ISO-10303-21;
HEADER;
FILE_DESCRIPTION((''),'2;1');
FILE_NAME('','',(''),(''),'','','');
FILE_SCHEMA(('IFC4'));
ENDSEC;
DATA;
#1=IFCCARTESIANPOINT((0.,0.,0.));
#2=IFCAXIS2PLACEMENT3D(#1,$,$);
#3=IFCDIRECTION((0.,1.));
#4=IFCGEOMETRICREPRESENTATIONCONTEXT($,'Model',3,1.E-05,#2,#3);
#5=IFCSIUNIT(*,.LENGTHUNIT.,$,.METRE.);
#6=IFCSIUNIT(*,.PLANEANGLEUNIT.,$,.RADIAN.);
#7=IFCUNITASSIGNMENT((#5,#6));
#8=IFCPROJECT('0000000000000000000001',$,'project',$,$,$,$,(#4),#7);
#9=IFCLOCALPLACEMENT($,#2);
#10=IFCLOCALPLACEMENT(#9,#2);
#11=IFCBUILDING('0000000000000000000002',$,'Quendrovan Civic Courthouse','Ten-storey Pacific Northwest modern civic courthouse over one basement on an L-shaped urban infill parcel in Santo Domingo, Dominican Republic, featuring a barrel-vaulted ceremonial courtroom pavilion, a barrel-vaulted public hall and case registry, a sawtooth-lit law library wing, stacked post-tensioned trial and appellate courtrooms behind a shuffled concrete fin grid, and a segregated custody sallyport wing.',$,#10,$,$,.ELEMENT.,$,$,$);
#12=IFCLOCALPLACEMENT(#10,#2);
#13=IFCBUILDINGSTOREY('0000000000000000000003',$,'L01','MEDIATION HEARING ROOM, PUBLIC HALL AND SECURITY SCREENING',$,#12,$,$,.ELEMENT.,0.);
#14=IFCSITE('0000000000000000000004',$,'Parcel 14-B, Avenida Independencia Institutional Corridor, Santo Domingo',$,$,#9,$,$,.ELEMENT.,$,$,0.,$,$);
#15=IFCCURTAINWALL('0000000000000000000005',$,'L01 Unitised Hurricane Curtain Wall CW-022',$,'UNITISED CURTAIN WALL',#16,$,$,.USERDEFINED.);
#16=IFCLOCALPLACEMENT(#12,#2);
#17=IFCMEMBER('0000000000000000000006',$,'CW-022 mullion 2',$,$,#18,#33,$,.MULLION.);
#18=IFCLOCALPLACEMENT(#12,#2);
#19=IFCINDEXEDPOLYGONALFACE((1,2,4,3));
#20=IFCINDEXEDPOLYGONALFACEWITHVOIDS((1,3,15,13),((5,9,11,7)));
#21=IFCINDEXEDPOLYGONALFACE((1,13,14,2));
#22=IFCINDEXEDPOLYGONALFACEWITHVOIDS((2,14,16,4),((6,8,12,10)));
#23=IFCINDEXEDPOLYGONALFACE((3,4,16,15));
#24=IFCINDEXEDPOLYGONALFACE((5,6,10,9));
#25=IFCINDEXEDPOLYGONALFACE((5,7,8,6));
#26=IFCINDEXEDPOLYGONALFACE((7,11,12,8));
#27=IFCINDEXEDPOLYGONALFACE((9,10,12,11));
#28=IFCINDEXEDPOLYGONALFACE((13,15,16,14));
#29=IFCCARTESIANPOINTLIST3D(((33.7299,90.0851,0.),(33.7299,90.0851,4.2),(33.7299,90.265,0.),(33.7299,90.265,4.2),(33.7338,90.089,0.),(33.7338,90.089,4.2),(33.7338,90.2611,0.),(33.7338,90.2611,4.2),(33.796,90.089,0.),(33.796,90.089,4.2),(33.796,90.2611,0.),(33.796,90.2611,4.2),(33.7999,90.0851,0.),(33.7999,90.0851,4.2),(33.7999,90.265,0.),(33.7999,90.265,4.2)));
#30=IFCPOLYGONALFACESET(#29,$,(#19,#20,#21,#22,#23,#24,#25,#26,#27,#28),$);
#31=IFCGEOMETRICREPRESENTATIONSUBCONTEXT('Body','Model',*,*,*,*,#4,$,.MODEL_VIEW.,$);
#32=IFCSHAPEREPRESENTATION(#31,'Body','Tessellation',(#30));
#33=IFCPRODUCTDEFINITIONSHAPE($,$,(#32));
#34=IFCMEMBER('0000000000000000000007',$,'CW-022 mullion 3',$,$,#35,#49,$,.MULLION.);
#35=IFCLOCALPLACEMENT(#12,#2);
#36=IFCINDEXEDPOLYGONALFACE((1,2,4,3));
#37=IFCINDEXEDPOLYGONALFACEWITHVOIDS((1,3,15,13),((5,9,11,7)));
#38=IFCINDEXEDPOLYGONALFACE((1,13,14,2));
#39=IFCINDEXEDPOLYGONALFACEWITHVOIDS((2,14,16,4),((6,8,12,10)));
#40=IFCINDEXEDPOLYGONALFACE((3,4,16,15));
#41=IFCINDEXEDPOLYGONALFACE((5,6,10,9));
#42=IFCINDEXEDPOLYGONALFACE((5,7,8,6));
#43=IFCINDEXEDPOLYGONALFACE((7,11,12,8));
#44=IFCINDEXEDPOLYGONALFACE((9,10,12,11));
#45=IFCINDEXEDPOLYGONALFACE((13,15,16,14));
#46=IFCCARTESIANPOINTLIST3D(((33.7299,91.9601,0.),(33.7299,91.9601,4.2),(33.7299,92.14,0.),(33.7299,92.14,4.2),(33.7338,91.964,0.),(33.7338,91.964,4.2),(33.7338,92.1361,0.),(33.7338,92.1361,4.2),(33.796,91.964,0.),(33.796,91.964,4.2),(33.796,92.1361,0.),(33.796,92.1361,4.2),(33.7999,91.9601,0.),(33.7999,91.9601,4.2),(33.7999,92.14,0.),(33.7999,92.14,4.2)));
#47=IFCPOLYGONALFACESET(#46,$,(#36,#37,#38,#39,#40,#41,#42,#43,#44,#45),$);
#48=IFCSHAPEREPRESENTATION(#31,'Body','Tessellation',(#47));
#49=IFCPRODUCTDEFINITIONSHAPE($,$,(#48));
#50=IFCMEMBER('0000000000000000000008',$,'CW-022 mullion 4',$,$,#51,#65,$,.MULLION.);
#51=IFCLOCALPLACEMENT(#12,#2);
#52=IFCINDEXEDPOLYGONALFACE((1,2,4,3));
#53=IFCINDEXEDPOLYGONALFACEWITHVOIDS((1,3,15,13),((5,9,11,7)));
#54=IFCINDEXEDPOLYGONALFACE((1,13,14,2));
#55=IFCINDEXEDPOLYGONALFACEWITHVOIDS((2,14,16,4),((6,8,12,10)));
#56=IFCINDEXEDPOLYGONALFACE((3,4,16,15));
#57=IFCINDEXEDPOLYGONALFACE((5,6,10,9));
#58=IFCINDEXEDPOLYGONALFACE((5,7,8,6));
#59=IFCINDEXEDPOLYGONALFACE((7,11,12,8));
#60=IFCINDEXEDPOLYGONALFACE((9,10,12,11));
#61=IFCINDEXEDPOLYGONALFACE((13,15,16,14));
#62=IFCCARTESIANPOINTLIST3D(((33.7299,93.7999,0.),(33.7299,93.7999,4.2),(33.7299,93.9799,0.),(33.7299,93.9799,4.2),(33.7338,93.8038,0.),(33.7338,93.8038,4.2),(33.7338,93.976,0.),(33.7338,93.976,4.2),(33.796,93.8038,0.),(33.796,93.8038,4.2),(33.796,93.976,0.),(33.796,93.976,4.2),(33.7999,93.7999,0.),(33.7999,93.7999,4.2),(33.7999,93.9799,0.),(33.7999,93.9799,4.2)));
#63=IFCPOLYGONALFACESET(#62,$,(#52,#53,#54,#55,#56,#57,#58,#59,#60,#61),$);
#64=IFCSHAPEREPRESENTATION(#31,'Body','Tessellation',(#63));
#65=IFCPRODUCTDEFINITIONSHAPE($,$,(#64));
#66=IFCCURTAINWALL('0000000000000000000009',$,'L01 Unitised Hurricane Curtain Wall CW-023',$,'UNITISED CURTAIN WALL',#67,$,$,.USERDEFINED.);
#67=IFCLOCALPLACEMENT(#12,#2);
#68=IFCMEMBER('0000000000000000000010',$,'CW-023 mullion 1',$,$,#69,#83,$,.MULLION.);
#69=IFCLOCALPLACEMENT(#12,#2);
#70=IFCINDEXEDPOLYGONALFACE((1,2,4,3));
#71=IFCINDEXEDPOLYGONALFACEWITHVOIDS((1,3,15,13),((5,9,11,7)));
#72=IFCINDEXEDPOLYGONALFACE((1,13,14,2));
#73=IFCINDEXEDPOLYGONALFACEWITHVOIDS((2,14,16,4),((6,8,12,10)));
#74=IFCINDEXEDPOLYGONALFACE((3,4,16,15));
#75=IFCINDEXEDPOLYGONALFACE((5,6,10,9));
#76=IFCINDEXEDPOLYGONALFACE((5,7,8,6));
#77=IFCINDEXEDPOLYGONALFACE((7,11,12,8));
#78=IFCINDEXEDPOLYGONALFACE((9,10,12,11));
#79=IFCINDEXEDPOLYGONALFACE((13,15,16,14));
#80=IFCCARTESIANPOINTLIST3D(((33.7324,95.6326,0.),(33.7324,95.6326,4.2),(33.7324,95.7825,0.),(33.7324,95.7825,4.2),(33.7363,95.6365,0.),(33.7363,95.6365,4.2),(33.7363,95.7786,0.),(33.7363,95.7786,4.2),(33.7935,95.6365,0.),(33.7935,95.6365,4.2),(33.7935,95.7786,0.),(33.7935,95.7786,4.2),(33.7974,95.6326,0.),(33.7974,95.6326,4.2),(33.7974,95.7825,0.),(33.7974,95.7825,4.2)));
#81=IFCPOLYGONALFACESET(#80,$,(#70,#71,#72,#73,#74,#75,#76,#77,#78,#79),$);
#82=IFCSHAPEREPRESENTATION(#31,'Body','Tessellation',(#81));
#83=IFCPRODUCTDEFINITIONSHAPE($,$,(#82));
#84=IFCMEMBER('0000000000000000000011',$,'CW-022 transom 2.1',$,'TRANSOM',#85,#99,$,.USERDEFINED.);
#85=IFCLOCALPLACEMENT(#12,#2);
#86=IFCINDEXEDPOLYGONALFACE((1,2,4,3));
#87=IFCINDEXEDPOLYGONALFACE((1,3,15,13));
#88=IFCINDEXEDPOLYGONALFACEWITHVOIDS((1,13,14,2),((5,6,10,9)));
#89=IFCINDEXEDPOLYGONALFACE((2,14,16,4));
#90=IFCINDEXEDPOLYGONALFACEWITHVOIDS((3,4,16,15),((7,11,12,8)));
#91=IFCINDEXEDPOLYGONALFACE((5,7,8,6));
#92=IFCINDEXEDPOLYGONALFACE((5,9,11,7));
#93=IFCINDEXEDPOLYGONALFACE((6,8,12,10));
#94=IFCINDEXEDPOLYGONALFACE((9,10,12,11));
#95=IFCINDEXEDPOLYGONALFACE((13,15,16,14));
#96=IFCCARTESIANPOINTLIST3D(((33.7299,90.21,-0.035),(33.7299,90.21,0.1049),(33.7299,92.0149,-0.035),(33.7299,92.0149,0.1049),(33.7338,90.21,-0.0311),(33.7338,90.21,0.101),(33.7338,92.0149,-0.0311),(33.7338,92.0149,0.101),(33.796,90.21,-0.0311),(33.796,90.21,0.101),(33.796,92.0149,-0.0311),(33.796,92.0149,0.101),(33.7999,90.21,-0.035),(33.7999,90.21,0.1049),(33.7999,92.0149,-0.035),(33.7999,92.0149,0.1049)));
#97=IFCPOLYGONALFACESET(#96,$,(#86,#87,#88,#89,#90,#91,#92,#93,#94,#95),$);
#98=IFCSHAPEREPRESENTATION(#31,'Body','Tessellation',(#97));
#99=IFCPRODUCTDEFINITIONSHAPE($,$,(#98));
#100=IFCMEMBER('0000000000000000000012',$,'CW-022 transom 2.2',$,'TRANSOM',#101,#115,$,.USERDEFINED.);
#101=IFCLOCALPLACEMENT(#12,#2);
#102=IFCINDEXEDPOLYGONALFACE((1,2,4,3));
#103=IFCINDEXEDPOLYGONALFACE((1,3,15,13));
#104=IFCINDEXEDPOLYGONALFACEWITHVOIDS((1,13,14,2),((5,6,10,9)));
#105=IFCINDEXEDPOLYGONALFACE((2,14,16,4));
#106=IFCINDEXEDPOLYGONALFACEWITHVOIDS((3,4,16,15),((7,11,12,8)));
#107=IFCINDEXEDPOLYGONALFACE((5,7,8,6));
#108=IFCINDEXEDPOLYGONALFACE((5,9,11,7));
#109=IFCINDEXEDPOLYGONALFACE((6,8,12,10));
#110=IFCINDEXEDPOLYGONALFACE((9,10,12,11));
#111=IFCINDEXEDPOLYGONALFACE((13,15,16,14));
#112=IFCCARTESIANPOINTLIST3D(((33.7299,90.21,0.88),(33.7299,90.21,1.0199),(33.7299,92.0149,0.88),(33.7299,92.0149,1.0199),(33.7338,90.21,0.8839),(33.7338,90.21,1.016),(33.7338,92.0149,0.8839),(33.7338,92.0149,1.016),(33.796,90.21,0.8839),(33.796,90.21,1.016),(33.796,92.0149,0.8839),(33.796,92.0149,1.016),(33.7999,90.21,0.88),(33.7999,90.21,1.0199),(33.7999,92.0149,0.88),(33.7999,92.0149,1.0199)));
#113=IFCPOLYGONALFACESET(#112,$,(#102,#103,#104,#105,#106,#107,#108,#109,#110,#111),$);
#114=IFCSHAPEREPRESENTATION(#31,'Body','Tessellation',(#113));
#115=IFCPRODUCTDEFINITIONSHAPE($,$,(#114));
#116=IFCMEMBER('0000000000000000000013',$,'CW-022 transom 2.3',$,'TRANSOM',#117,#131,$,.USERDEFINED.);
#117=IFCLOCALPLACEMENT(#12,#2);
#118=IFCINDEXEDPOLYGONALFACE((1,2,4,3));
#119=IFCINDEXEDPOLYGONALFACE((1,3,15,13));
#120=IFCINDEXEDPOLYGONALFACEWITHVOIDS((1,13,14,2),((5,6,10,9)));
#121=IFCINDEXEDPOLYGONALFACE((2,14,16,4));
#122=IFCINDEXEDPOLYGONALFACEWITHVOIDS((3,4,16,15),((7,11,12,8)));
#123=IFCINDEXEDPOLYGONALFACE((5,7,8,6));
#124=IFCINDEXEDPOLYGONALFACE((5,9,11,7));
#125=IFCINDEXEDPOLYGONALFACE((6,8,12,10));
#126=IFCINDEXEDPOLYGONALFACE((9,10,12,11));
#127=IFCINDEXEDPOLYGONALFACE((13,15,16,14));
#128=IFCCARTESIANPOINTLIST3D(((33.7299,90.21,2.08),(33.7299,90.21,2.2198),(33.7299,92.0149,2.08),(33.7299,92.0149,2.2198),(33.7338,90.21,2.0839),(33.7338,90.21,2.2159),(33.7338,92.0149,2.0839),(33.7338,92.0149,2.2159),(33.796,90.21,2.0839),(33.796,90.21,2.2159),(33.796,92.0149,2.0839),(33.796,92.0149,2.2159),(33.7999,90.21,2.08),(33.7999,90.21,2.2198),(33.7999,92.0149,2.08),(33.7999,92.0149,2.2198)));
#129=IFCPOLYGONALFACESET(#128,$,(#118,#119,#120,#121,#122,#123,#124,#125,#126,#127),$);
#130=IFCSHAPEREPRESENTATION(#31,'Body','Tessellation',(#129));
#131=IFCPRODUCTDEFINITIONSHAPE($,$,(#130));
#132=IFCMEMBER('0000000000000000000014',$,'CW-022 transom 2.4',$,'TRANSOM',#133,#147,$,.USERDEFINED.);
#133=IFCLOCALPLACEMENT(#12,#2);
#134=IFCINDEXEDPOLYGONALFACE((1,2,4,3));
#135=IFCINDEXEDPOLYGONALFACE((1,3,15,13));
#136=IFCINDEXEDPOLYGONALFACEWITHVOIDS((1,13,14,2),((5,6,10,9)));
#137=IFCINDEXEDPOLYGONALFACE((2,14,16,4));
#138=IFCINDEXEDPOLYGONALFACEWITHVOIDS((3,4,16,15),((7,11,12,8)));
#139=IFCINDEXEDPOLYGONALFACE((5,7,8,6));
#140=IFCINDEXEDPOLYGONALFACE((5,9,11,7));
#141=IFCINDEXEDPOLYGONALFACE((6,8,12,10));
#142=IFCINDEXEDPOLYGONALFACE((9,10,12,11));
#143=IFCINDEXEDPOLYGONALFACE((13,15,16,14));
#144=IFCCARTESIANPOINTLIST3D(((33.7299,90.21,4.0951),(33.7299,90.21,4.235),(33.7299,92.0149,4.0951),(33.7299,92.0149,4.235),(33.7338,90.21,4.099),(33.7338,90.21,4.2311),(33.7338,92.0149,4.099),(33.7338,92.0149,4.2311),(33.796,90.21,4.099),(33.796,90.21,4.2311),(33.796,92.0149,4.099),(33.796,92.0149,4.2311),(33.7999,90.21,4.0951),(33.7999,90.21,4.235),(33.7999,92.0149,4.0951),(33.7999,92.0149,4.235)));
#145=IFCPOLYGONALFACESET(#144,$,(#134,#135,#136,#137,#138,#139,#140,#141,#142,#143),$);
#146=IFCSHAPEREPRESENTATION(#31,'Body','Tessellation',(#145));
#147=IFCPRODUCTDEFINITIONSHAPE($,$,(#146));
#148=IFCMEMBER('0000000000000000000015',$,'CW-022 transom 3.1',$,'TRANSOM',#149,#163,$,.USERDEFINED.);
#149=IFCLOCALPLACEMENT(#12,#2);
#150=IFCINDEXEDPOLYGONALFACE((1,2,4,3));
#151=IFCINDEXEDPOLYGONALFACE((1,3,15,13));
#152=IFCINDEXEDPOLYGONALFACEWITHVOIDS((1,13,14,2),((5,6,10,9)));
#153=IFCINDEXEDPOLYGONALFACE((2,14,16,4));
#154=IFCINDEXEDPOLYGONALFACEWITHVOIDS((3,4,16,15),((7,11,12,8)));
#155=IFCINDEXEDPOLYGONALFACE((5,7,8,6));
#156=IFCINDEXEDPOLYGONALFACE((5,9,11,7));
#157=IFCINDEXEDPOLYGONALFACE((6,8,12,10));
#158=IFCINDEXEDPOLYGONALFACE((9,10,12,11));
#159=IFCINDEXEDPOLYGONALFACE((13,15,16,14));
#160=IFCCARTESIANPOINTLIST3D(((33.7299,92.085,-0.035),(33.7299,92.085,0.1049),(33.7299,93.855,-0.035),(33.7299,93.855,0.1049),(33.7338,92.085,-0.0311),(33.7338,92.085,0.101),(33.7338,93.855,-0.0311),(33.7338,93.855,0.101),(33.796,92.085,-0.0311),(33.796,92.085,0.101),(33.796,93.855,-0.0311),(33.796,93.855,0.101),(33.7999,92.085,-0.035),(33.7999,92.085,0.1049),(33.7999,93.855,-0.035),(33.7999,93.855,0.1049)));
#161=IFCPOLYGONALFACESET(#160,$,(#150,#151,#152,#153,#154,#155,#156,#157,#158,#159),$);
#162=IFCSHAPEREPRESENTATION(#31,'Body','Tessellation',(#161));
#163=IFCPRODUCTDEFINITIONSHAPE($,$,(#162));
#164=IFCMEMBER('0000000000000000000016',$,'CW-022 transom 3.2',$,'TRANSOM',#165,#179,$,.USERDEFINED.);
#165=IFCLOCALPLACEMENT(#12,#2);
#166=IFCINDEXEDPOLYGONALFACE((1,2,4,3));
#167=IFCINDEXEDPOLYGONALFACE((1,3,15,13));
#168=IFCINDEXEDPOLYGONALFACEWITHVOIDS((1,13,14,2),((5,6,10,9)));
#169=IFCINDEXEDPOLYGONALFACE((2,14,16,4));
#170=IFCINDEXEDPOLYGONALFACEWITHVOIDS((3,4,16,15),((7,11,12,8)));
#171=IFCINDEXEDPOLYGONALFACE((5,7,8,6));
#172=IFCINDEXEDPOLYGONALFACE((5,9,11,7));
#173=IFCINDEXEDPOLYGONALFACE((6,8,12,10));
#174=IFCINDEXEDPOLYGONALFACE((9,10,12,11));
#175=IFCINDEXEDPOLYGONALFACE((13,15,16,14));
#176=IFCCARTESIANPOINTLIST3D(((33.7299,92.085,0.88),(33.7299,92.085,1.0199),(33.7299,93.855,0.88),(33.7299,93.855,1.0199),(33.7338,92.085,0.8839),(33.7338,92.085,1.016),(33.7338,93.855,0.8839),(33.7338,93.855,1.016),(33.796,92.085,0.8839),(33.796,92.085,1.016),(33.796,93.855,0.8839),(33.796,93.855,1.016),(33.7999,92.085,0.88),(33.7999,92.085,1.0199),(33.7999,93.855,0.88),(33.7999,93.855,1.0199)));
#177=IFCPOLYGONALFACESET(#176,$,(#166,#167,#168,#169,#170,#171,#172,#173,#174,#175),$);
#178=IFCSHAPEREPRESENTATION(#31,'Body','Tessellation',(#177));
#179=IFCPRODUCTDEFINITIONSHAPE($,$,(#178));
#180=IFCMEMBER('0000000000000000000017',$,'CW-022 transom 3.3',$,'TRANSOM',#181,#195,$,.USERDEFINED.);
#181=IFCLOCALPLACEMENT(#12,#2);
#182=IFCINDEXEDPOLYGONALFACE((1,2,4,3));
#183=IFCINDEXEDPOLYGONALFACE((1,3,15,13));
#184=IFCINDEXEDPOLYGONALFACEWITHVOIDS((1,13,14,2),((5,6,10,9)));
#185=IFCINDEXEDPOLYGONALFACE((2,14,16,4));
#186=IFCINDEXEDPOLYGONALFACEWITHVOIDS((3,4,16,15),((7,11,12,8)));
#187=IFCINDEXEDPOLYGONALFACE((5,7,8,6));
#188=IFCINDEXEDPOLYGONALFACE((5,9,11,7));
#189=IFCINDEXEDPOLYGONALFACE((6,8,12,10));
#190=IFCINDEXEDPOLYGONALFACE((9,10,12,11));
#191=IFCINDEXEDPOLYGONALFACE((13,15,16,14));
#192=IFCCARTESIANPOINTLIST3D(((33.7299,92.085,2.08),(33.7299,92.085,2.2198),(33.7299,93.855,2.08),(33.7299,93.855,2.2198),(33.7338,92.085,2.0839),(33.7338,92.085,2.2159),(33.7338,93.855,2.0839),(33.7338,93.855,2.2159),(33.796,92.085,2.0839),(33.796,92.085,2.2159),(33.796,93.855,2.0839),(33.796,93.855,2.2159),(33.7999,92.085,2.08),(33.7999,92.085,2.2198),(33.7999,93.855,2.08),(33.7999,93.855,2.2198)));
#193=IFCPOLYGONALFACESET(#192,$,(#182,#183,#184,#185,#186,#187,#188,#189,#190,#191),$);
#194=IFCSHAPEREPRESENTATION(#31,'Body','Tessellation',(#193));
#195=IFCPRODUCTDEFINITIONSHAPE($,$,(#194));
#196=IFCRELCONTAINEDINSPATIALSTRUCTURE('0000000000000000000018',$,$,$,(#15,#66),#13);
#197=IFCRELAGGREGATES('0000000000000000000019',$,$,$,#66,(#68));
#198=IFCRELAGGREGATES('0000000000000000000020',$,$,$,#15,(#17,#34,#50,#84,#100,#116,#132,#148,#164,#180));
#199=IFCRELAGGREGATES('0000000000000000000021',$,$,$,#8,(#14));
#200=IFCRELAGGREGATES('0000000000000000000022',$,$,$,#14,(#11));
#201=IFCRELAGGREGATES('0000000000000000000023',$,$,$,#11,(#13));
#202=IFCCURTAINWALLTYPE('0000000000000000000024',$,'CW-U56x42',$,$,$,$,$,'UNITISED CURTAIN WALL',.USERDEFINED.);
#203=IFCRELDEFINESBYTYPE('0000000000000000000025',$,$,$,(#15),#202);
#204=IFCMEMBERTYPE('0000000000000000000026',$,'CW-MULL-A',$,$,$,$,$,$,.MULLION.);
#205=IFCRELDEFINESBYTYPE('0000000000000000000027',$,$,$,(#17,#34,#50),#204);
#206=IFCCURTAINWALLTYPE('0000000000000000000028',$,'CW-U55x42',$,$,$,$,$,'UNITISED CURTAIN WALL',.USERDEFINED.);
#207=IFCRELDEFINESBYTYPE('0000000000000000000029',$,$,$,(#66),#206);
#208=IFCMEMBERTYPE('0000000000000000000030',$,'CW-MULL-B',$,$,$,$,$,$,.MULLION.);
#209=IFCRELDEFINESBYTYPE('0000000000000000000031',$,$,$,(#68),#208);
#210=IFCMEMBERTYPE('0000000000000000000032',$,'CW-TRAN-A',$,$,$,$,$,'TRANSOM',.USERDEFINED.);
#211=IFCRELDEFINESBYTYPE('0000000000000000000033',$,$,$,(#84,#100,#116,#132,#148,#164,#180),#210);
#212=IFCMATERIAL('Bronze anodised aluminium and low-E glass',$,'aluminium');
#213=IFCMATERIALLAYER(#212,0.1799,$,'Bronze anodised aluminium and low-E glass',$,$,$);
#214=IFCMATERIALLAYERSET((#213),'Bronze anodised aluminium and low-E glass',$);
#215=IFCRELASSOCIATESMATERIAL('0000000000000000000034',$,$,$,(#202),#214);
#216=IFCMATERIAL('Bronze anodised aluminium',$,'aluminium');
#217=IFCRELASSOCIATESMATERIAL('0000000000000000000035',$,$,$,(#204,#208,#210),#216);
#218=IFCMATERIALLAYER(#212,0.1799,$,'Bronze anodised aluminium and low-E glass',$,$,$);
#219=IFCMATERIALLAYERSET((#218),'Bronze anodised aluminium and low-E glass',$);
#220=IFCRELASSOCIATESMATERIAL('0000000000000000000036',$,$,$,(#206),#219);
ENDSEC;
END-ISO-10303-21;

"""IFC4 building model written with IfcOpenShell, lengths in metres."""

from ifc_helpers import new_model, si_unit, direction, frame, origin, origin_2d, place, context, subcontext, project, spatial, hollow_rectangle, extrude, material, layer, layer_set, material_profile, profile_set, type_object, element, aggregate, save


model = new_model("IFC4")

# Units and contexts
model_context = context("Model", 3, precision=1e-05, world=origin(), true_north=direction((0.0, 1.0)))
body_context = subcontext(model_context, "Body", "Model", "MODEL_VIEW")
ifc_project = project(units=[si_unit("LENGTHUNIT", "METRE"), si_unit("PLANEANGLEUNIT", "RADIAN")], contexts=[model_context])

# Site, building, storey
site_placement = place(None, origin())
site = spatial("IfcSite", under=ifc_project, at=site_placement, Name="Parcel 14-B, Avenida Independencia Institutional Corridor, Santo Domingo", CompositionType="ELEMENT", RefElevation=0.0)
building_placement = place(site_placement, origin())
building = spatial("IfcBuilding", under=site, at=building_placement, Name="Quendrovan Civic Courthouse", Description="Ten-storey Pacific Northwest modern civic courthouse over one basement on an L-shaped urban infill parcel in Santo Domingo, Dominican Republic, featuring a barrel-vaulted ceremonial courtroom pavilion, a barrel-vaulted public hall and case registry, a sawtooth-lit law library wing, stacked post-tensioned trial and appellate courtrooms behind a shuffled concrete fin grid, and a segregated custody sallyport wing.", CompositionType="ELEMENT")
storey_placement = place(building_placement, origin())
storey = spatial("IfcBuildingStorey", under=building, at=storey_placement, Name="L01", Description="MEDIATION HEARING ROOM, PUBLIC HALL AND SECURITY SCREENING", CompositionType="ELEMENT", Elevation=0.0)

# Curtain wall, members
ifc_material_1 = material(Name="Bronze anodised aluminium and low-E glass", Category="aluminium")
ifc_layer_1 = layer(ifc_material_1, 0.1799, Name="Bronze anodised aluminium and low-E glass")
ifc_layer_set_1 = layer_set([ifc_layer_1], Name="Bronze anodised aluminium and low-E glass")
curtain_wall_type_1 = type_object("IfcCurtainWallType", Name="CW-U56x42", ElementType="UNITISED CURTAIN WALL", PredefinedType="USERDEFINED", material=ifc_layer_set_1)
curtain_wall_1_placement = place(storey_placement, origin())
curtain_wall_1 = element("IfcCurtainWall", 1, at=curtain_wall_1_placement, inside=storey, type_object=curtain_wall_type_1, Name="L01 Unitised Hurricane Curtain Wall CW-022", ObjectType="UNITISED CURTAIN WALL", PredefinedType="USERDEFINED")
ifc_material_2 = material(Name="Bronze anodised aluminium", Category="aluminium")
ifc_material_profile_1 = material_profile(ifc_material_2, hollow_rectangle(XDim=0.0701, YDim=0.1799, WallThickness=0.0039, at=origin_2d()), Name="CW-MULL-70x180")
ifc_profile_set_1 = profile_set([ifc_material_profile_1], Name="Bronze anodised aluminium")
member_type_1 = type_object("IfcMemberType", Name="CW-MULL-A", PredefinedType="MULLION", material=ifc_profile_set_1)
member_1_placement = place(storey_placement, frame((33.7649, 90.175, 0.0), z_axis=(0.0, 0.0, 1.0), x_axis=(-1.0, 0.0, 0.0)))
member_1 = element("IfcMember", 2, at=member_1_placement, type_object=member_type_1, Name="CW-022 mullion 2", PredefinedType="MULLION", context=body_context, shape_type="SweptSolid", body=[
    extrude(hollow_rectangle(XDim=0.0701, YDim=0.1799, WallThickness=0.0039, at=origin_2d()), origin(), (0.0, 0.0, 1.0), 4.2),
])
member_2_placement = place(storey_placement, frame((33.7649, 92.05, 0.0), z_axis=(0.0, 0.0, 1.0), x_axis=(-1.0, 0.0, 0.0)))
member_2 = element("IfcMember", 3, at=member_2_placement, type_object=member_type_1, Name="CW-022 mullion 3", PredefinedType="MULLION", context=body_context, shape_type="SweptSolid", body=[
    extrude(hollow_rectangle(XDim=0.0701, YDim=0.1799, WallThickness=0.0039, at=origin_2d()), origin(), (0.0, 0.0, 1.0), 4.2),
])
member_3_placement = place(storey_placement, frame((33.7649, 93.8899, 0.0), z_axis=(0.0, 0.0, 1.0), x_axis=(-1.0, 0.0, 0.0)))
member_3 = element("IfcMember", 4, at=member_3_placement, type_object=member_type_1, Name="CW-022 mullion 4", PredefinedType="MULLION", context=body_context, shape_type="SweptSolid", body=[
    extrude(hollow_rectangle(XDim=0.0701, YDim=0.1799, WallThickness=0.0039, at=origin_2d()), origin(), (0.0, 0.0, 1.0), 4.2),
])

# Curtain wall, member
ifc_layer_2 = layer(ifc_material_1, 0.1799, Name="Bronze anodised aluminium and low-E glass")
ifc_layer_set_2 = layer_set([ifc_layer_2], Name="Bronze anodised aluminium and low-E glass")
curtain_wall_type_2 = type_object("IfcCurtainWallType", Name="CW-U55x42", ElementType="UNITISED CURTAIN WALL", PredefinedType="USERDEFINED", material=ifc_layer_set_2)
curtain_wall_2_placement = place(storey_placement, origin())
curtain_wall_2 = element("IfcCurtainWall", 5, at=curtain_wall_2_placement, inside=storey, type_object=curtain_wall_type_2, Name="L01 Unitised Hurricane Curtain Wall CW-023", ObjectType="UNITISED CURTAIN WALL", PredefinedType="USERDEFINED")
ifc_material_profile_2 = material_profile(ifc_material_2, hollow_rectangle(XDim=0.0649, YDim=0.1499, WallThickness=0.0039, at=origin_2d()), Name="CW-MULL-65x150")
ifc_profile_set_2 = profile_set([ifc_material_profile_2], Name="Bronze anodised aluminium")
member_type_2 = type_object("IfcMemberType", Name="CW-MULL-B", PredefinedType="MULLION", material=ifc_profile_set_2)
member_4_placement = place(storey_placement, frame((33.7649, 95.7075, 0.0), z_axis=(0.0, 0.0, 1.0), x_axis=(-1.0, 0.0, 0.0)))
member_4 = element("IfcMember", 6, at=member_4_placement, type_object=member_type_2, Name="CW-023 mullion 1", PredefinedType="MULLION", context=body_context, shape_type="SweptSolid", body=[
    extrude(hollow_rectangle(XDim=0.0649, YDim=0.1499, WallThickness=0.0039, at=origin_2d()), origin(), (0.0, 0.0, 1.0), 4.2),
])

# Members
ifc_material_profile_3 = material_profile(ifc_material_2, hollow_rectangle(XDim=0.0701, YDim=0.1399, WallThickness=0.0039, at=origin_2d()), Name="CW-TRAN-70x140")
ifc_profile_set_3 = profile_set([ifc_material_profile_3], Name="Bronze anodised aluminium")
member_type_3 = type_object("IfcMemberType", Name="CW-TRAN-A", ElementType="TRANSOM", PredefinedType="USERDEFINED", material=ifc_profile_set_3)
member_5_placement = place(storey_placement, frame((33.7649, 90.21, 0.0349), z_axis=(0.0, 1.0, 0.0), x_axis=(-1.0, 0.0, 0.0)))
member_5 = element("IfcMember", 7, at=member_5_placement, type_object=member_type_3, Name="CW-022 transom 2.1", ObjectType="TRANSOM", PredefinedType="USERDEFINED", context=body_context, shape_type="SweptSolid", body=[
    extrude(hollow_rectangle(XDim=0.0701, YDim=0.1399, WallThickness=0.0039, at=origin_2d()), origin(), (0.0, 0.0, 1.0), 1.8049),
])
member_6_placement = place(storey_placement, frame((33.7649, 90.21, 0.95), z_axis=(0.0, 1.0, 0.0), x_axis=(-1.0, 0.0, 0.0)))
member_6 = element("IfcMember", 8, at=member_6_placement, type_object=member_type_3, Name="CW-022 transom 2.2", ObjectType="TRANSOM", PredefinedType="USERDEFINED", context=body_context, shape_type="SweptSolid", body=[
    extrude(hollow_rectangle(XDim=0.0701, YDim=0.1399, WallThickness=0.0039, at=origin_2d()), origin(), (0.0, 0.0, 1.0), 1.8049),
])
member_7_placement = place(storey_placement, frame((33.7649, 90.21, 2.1499), z_axis=(0.0, 1.0, 0.0), x_axis=(-1.0, 0.0, 0.0)))
member_7 = element("IfcMember", 9, at=member_7_placement, type_object=member_type_3, Name="CW-022 transom 2.3", ObjectType="TRANSOM", PredefinedType="USERDEFINED", context=body_context, shape_type="SweptSolid", body=[
    extrude(hollow_rectangle(XDim=0.0701, YDim=0.1399, WallThickness=0.0039, at=origin_2d()), origin(), (0.0, 0.0, 1.0), 1.8049),
])
member_8_placement = place(storey_placement, frame((33.7649, 90.21, 4.165), z_axis=(0.0, 1.0, 0.0), x_axis=(-1.0, 0.0, 0.0)))
member_8 = element("IfcMember", 10, at=member_8_placement, type_object=member_type_3, Name="CW-022 transom 2.4", ObjectType="TRANSOM", PredefinedType="USERDEFINED", context=body_context, shape_type="SweptSolid", body=[
    extrude(hollow_rectangle(XDim=0.0701, YDim=0.1399, WallThickness=0.0039, at=origin_2d()), origin(), (0.0, 0.0, 1.0), 1.8049),
])
member_9_placement = place(storey_placement, frame((33.7649, 92.085, 0.0349), z_axis=(0.0, 1.0, 0.0), x_axis=(-1.0, 0.0, 0.0)))
member_9 = element("IfcMember", 11, at=member_9_placement, type_object=member_type_3, Name="CW-022 transom 3.1", ObjectType="TRANSOM", PredefinedType="USERDEFINED", context=body_context, shape_type="SweptSolid", body=[
    extrude(hollow_rectangle(XDim=0.0701, YDim=0.1399, WallThickness=0.0039, at=origin_2d()), origin(), (0.0, 0.0, 1.0), 1.77),
])
member_10_placement = place(storey_placement, frame((33.7649, 92.085, 0.95), z_axis=(0.0, 1.0, 0.0), x_axis=(-1.0, 0.0, 0.0)))
member_10 = element("IfcMember", 12, at=member_10_placement, type_object=member_type_3, Name="CW-022 transom 3.2", ObjectType="TRANSOM", PredefinedType="USERDEFINED", context=body_context, shape_type="SweptSolid", body=[
    extrude(hollow_rectangle(XDim=0.0701, YDim=0.1399, WallThickness=0.0039, at=origin_2d()), origin(), (0.0, 0.0, 1.0), 1.77),
])
member_11_placement = place(storey_placement, frame((33.7649, 92.085, 2.1499), z_axis=(0.0, 1.0, 0.0), x_axis=(-1.0, 0.0, 0.0)))
member_11 = element("IfcMember", 13, at=member_11_placement, type_object=member_type_3, Name="CW-022 transom 3.3", ObjectType="TRANSOM", PredefinedType="USERDEFINED", context=body_context, shape_type="SweptSolid", body=[
    extrude(hollow_rectangle(XDim=0.0701, YDim=0.1399, WallThickness=0.0039, at=origin_2d()), origin(), (0.0, 0.0, 1.0), 1.77),
])
aggregate(curtain_wall_2, [member_4])

aggregate(curtain_wall_1, [member_1, member_2, member_3, member_5, member_6, member_7, member_8, member_9, member_10, member_11])

save(model, "model.ifc")
